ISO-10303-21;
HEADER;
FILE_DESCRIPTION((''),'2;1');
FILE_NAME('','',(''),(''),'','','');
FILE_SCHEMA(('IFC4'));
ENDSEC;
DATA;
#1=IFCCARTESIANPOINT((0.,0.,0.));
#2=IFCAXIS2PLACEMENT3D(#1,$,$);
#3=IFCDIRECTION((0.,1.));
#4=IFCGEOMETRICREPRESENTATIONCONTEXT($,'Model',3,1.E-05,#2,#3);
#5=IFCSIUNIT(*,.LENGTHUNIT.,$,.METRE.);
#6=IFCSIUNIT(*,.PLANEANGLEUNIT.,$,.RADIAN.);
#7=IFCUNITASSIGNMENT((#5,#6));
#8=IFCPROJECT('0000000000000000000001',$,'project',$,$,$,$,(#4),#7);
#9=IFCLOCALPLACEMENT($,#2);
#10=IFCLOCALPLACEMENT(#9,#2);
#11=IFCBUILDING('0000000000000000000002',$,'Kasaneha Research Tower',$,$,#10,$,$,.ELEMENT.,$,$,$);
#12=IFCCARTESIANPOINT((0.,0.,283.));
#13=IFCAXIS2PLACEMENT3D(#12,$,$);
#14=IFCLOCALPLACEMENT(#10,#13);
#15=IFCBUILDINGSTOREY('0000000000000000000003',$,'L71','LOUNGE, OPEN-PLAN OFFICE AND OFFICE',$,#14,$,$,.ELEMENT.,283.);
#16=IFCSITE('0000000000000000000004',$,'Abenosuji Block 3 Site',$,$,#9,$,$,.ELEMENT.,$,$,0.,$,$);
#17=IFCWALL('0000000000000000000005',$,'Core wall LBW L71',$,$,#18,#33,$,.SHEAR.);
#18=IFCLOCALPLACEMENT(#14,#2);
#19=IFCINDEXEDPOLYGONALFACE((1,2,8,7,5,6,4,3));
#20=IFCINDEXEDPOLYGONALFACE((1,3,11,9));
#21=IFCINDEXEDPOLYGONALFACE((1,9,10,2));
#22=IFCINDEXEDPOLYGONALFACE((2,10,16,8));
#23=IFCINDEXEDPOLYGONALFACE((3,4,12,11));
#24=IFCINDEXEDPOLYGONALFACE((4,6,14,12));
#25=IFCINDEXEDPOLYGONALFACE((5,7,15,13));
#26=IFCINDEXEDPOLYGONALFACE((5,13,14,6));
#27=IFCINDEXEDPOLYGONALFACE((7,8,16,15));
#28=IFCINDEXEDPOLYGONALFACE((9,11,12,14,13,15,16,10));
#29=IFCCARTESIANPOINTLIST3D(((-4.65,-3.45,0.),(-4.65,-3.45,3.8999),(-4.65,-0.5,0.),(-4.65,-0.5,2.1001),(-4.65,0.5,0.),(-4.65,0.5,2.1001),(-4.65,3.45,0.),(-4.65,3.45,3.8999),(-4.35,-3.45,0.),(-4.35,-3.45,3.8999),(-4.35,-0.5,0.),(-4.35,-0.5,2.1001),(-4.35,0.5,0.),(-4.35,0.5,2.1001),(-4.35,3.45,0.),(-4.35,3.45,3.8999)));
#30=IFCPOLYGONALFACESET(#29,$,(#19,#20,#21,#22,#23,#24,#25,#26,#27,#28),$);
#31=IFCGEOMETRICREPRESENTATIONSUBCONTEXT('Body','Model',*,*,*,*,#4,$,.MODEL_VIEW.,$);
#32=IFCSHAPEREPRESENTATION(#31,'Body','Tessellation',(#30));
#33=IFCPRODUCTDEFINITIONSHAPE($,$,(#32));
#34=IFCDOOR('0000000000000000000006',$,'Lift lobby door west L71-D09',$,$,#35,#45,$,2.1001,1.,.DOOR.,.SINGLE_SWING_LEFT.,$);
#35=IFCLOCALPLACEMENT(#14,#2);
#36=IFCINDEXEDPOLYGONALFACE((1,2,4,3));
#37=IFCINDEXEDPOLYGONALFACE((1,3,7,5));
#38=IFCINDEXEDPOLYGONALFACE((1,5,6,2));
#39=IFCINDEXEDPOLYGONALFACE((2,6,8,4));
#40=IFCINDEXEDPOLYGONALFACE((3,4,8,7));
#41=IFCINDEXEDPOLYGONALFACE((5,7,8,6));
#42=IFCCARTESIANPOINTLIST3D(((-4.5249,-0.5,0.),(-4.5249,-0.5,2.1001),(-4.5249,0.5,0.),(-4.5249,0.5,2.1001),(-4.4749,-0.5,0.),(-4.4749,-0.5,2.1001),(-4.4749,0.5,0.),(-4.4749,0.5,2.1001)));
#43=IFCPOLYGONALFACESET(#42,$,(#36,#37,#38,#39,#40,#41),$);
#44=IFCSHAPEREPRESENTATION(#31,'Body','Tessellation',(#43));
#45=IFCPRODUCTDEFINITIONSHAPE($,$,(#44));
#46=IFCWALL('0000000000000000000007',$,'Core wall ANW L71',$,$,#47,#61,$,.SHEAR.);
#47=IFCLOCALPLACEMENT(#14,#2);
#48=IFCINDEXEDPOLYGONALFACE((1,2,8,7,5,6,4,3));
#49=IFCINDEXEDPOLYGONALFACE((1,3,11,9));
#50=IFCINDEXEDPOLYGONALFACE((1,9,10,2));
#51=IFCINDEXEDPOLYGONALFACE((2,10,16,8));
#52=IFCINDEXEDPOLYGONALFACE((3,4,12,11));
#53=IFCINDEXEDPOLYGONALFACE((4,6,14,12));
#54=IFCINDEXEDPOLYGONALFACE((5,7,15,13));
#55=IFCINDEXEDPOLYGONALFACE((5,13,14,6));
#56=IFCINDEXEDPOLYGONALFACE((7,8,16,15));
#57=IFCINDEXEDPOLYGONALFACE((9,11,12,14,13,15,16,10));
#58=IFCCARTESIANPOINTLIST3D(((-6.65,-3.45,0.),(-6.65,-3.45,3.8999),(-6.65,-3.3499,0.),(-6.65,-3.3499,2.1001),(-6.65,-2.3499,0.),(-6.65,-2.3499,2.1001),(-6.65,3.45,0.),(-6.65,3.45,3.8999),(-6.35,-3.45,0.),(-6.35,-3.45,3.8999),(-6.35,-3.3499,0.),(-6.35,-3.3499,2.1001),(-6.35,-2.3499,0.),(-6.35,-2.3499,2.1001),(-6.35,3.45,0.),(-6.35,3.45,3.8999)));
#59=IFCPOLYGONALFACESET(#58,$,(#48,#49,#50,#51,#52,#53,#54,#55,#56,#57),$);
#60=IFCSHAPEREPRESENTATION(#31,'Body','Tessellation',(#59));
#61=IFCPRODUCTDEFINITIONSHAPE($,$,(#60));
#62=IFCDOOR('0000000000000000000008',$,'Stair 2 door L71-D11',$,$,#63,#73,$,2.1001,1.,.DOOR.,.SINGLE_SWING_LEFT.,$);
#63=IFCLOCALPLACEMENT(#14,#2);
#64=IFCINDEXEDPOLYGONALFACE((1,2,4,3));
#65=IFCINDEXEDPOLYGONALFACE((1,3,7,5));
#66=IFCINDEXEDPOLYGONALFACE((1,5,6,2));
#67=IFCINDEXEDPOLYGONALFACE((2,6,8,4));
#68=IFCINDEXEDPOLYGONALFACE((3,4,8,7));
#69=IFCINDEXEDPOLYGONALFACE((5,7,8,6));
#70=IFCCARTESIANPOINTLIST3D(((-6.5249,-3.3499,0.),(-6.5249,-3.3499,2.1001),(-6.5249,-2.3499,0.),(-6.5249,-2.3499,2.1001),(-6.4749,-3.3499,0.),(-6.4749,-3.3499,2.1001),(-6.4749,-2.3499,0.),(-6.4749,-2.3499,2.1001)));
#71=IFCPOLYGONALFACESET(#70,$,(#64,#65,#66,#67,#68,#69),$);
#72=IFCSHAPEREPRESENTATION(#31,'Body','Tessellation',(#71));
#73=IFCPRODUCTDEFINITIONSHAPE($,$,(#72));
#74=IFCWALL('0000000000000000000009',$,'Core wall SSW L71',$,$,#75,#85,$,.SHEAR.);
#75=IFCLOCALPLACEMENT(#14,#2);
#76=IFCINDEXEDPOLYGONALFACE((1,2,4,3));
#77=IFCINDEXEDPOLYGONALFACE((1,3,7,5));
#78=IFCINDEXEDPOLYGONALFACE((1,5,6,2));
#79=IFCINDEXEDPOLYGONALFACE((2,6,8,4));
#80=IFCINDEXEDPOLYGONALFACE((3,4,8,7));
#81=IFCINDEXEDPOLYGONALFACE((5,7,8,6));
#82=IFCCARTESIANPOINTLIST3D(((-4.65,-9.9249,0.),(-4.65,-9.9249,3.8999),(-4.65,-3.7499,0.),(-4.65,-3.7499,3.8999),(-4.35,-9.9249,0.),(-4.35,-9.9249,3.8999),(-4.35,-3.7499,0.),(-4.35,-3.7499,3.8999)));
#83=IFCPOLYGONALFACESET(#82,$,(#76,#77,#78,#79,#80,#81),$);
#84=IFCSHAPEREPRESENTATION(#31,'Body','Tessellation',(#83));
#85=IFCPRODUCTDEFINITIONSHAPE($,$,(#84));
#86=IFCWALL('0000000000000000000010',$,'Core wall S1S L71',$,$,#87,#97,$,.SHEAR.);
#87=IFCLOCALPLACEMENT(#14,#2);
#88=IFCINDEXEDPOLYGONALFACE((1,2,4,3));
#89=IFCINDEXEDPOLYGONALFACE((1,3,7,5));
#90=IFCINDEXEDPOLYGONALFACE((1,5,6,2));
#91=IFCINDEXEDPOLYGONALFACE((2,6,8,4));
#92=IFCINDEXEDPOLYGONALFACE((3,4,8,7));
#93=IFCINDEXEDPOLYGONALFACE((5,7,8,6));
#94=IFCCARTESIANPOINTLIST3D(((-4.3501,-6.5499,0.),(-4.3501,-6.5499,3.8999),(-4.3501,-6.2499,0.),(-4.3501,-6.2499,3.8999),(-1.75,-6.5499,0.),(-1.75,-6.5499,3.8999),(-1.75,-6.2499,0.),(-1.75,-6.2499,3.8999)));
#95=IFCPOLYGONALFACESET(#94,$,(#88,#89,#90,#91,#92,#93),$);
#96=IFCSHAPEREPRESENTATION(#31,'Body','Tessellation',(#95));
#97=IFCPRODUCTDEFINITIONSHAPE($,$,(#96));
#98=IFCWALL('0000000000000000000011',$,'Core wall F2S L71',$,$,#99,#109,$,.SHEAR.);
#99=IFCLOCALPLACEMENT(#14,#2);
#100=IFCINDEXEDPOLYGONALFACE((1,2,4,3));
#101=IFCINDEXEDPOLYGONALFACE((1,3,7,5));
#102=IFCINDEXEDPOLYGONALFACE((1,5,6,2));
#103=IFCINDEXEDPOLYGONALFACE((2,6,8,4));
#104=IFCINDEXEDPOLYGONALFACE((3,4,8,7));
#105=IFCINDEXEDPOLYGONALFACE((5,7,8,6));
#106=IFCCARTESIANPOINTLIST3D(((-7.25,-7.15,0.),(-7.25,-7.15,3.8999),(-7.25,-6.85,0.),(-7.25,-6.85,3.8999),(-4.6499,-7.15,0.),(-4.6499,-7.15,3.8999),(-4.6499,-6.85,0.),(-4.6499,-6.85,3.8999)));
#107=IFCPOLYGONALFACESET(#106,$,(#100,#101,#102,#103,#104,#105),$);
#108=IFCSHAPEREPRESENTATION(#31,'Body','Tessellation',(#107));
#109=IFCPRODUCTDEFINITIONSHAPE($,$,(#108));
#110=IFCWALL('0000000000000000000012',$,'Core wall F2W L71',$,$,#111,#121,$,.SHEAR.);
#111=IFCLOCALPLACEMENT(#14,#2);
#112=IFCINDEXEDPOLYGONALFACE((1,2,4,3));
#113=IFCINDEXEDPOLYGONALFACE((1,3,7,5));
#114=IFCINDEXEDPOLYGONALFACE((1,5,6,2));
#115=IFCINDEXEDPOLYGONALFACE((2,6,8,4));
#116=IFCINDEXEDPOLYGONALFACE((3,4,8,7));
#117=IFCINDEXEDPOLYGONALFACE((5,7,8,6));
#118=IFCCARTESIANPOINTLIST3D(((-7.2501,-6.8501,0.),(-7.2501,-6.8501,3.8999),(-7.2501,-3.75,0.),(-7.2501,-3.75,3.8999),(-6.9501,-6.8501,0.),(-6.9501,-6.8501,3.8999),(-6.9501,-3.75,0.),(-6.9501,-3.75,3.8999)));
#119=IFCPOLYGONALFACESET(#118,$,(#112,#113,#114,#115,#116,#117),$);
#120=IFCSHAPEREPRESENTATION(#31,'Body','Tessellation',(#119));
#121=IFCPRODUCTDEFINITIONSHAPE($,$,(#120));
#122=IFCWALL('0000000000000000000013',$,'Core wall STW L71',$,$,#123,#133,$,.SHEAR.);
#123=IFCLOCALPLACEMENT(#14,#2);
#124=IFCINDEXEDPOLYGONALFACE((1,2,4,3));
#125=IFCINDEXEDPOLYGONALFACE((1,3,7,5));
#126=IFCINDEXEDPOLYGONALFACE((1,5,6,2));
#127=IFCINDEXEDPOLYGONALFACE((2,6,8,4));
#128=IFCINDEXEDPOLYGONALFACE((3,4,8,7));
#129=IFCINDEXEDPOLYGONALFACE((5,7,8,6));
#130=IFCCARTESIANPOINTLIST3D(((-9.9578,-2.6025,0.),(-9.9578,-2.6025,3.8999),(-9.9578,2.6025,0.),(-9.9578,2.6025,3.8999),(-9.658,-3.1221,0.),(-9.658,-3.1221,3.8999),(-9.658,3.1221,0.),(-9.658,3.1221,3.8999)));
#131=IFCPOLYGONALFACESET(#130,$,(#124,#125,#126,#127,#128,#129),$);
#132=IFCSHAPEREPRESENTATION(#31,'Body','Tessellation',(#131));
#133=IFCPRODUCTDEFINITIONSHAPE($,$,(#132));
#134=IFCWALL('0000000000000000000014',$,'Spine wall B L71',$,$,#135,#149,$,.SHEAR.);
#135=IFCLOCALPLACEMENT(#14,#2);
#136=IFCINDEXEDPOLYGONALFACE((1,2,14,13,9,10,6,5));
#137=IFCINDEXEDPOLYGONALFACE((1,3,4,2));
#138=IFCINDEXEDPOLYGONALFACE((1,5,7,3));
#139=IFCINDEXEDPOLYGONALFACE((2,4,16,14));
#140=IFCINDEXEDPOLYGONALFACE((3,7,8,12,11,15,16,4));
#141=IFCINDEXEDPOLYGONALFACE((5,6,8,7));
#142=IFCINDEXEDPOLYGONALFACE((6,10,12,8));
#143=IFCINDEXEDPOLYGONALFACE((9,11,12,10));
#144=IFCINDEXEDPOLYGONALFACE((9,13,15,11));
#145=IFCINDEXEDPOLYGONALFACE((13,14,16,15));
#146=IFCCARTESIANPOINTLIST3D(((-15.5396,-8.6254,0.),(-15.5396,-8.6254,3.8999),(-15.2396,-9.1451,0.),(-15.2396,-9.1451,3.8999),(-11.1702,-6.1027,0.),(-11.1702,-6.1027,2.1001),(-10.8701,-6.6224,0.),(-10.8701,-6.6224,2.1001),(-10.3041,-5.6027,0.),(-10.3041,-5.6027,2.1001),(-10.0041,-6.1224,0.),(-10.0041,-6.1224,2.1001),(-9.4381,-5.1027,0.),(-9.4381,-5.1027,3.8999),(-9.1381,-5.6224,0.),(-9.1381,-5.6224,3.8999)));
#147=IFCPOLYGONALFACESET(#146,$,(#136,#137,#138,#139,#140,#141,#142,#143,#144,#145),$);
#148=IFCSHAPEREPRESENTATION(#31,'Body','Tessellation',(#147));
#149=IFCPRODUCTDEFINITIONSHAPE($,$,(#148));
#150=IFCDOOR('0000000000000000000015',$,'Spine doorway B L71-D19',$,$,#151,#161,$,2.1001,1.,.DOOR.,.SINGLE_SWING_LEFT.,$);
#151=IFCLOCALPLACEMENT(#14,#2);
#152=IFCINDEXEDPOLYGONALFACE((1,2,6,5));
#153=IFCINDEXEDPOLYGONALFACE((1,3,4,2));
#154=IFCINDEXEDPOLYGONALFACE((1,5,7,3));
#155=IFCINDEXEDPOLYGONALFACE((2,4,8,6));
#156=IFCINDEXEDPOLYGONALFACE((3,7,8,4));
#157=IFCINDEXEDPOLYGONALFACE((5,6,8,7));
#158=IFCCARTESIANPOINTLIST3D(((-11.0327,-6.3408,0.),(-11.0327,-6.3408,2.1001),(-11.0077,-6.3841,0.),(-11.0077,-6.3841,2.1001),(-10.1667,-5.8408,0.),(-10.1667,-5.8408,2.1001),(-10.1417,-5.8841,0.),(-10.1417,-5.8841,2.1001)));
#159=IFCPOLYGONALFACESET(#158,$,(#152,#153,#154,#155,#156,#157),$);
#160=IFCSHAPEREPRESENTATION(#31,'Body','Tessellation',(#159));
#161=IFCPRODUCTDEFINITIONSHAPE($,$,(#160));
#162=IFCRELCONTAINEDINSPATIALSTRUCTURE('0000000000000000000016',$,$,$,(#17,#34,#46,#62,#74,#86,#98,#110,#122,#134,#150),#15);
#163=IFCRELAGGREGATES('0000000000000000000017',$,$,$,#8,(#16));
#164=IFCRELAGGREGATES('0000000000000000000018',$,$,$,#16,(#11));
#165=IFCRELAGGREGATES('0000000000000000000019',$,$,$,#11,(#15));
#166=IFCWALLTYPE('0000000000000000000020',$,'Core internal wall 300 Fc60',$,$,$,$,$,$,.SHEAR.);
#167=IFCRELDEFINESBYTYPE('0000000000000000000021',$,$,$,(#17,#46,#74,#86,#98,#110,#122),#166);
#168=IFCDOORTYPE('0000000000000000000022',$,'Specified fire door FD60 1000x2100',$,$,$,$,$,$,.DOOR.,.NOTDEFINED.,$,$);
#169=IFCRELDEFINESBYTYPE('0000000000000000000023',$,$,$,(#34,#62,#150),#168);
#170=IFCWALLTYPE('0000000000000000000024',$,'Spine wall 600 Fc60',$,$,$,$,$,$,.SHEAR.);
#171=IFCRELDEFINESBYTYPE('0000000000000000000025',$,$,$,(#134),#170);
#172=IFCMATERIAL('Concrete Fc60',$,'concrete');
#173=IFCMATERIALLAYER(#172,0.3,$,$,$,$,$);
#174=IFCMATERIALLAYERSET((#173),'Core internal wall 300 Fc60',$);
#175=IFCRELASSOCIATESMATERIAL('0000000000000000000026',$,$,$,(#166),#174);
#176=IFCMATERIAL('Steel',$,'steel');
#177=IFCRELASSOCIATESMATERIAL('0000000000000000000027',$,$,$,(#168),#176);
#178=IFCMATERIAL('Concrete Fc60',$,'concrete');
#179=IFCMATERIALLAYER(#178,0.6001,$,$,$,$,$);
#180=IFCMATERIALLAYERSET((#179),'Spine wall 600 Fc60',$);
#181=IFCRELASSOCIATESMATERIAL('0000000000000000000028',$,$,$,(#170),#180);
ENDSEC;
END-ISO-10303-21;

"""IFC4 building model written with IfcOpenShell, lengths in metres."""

from ifc_helpers import new_model, si_unit, direction, frame, frame_2d, origin, place, context, subcontext, project, spatial, polyline, rectangle, outline, extrude, material, layer, layer_set, type_object, element, fill, save


model = new_model("IFC4")

# Units and contexts
model_context = context("Model", 3, precision=1e-05, world=origin(), true_north=direction((0.0, 1.0)))
body_context = subcontext(model_context, "Body", "Model", "MODEL_VIEW")
ifc_project = project(units=[si_unit("LENGTHUNIT", "METRE"), si_unit("PLANEANGLEUNIT", "RADIAN")], contexts=[model_context])

# Site, building, storey
site_placement = place(None, origin())
site = spatial("IfcSite", under=ifc_project, at=site_placement, Name="Abenosuji Block 3 Site", CompositionType="ELEMENT", RefElevation=0.0)
building_placement = place(site_placement, origin())
building = spatial("IfcBuilding", under=site, at=building_placement, Name="Kasaneha Research Tower", CompositionType="ELEMENT")
storey_placement = place(building_placement, frame((0.0, 0.0, 283.0)))
storey = spatial("IfcBuildingStorey", under=building, at=storey_placement, Name="L71", Description="LOUNGE, OPEN-PLAN OFFICE AND OFFICE", CompositionType="ELEMENT", Elevation=283.0)

# Shared definitions
ifc_material_1 = material(Name="Concrete Fc60", Category="concrete")
ifc_layer_1 = layer(ifc_material_1, 0.3)
ifc_layer_set_1 = layer_set([ifc_layer_1], Name="Core internal wall 300 Fc60")
wall_type_1 = type_object("IfcWallType", Name="Core internal wall 300 Fc60", PredefinedType="SHEAR", material=ifc_layer_set_1)

# Walls, openings, doors
wall_1_placement = place(storey_placement, frame((-4.5, -3.45, 0.0), z_axis=(0.0, 0.0, 1.0), x_axis=(0.0, 1.0, 0.0)))
wall_1 = element("IfcWall", 1, at=wall_1_placement, inside=storey, type_object=wall_type_1, Name="Core wall LBW L71", PredefinedType="SHEAR", context=body_context, shape_type="SweptSolid", body=[
    extrude(rectangle(XDim=6.8999, YDim=0.3, at=frame_2d((3.45, 0.0))), origin(), (0.0, 0.0, 1.0), 3.8999),
])
opening_1_placement = place(wall_1_placement, frame((2.95, 0.0, 0.0)))
opening_1 = element("IfcOpeningElement", 2, at=opening_1_placement, cuts=wall_1, PredefinedType="OPENING", context=body_context, shape_type="SweptSolid", body=[
    extrude(rectangle(XDim=1.0, YDim=2.1001, at=frame_2d((0.5, 1.05))), frame((0.0, 0.1602, 0.0), z_axis=(0.0, -1.0, 0.0), x_axis=(1.0, 0.0, 0.0)), (0.0, 0.0, 1.0), 0.3201),
])
ifc_material_2 = material(Name="Steel", Category="steel")
door_type_1 = type_object("IfcDoorType", Name="Specified fire door FD60 1000x2100", OperationType="NOTDEFINED", PredefinedType="DOOR", material=ifc_material_2)
door_1_placement = place(opening_1_placement, origin())
door_1 = element("IfcDoor", 3, at=door_1_placement, inside=storey, type_object=door_type_1, Name="Lift lobby door west L71-D09", OperationType="SINGLE_SWING_LEFT", OverallHeight=2.1001, OverallWidth=1.0, PredefinedType="DOOR", context=body_context, shape_type="SweptSolid", body=[
    extrude(rectangle(XDim=1.0, YDim=2.1001, at=frame_2d((0.5, 1.05))), frame((0.0, 0.0249, 0.0), z_axis=(0.0, -1.0, 0.0), x_axis=(1.0, 0.0, 0.0)), (0.0, 0.0, 1.0), 0.05),
])
fill(opening_1, door_1)
wall_2_placement = place(storey_placement, frame((-6.5, -3.45, 0.0), z_axis=(0.0, 0.0, 1.0), x_axis=(0.0, 1.0, 0.0)))
wall_2 = element("IfcWall", 4, at=wall_2_placement, inside=storey, type_object=wall_type_1, Name="Core wall ANW L71", PredefinedType="SHEAR", context=body_context, shape_type="SweptSolid", body=[
    extrude(rectangle(XDim=6.8999, YDim=0.3, at=frame_2d((3.45, 0.0))), origin(), (0.0, 0.0, 1.0), 3.8999),
])
opening_2_placement = place(wall_2_placement, frame((0.1001, 0.0, 0.0)))
opening_2 = element("IfcOpeningElement", 5, at=opening_2_placement, cuts=wall_2, PredefinedType="OPENING", context=body_context, shape_type="SweptSolid", body=[
    extrude(rectangle(XDim=1.0, YDim=2.1001, at=frame_2d((0.5, 1.05))), frame((0.0, 0.1602, 0.0), z_axis=(0.0, -1.0, 0.0), x_axis=(1.0, 0.0, 0.0)), (0.0, 0.0, 1.0), 0.3201),
])
door_2_placement = place(opening_2_placement, origin())
door_2 = element("IfcDoor", 6, at=door_2_placement, inside=storey, type_object=door_type_1, Name="Stair 2 door L71-D11", OperationType="SINGLE_SWING_LEFT", OverallHeight=2.1001, OverallWidth=1.0, PredefinedType="DOOR", context=body_context, shape_type="SweptSolid", body=[
    extrude(rectangle(XDim=1.0, YDim=2.1001, at=frame_2d((0.5, 1.05))), frame((0.0, 0.0249, 0.0), z_axis=(0.0, -1.0, 0.0), x_axis=(1.0, 0.0, 0.0)), (0.0, 0.0, 1.0), 0.05),
])
fill(opening_2, door_2)

# Walls
wall_3_placement = place(storey_placement, frame((-4.5, -3.75, 0.0), z_axis=(0.0, 0.0, 1.0), x_axis=(0.0, -1.0, 0.0)))
element("IfcWall", 7, at=wall_3_placement, inside=storey, type_object=wall_type_1, Name="Core wall SSW L71", PredefinedType="SHEAR", context=body_context, shape_type="SweptSolid", body=[
    extrude(rectangle(XDim=6.175, YDim=0.3, at=frame_2d((3.0874, 0.0))), origin(), (0.0, 0.0, 1.0), 3.8999),
])
for number, where, z_axis, x_axis, name in (
    (8, (-4.3501, -6.3999, 0.0), (0.0, 0.0, 1.0), (1.0, 0.0, 0.0), "Core wall S1S L71"),
    (9, (-7.25, -7.0, 0.0), (0.0, 0.0, 1.0), (1.0, 0.0, 0.0), "Core wall F2S L71"),
):
    element("IfcWall", number, at=place(storey_placement, frame(where, z_axis=z_axis, x_axis=x_axis)), inside=storey, type_object=wall_type_1, Name=name, PredefinedType="SHEAR", context=body_context, shape_type="SweptSolid", body=[
        extrude(rectangle(XDim=2.6001, YDim=0.3, at=frame_2d((1.3, 0.0))), origin(), (0.0, 0.0, 1.0), 3.8999),
    ])
wall_4_placement = place(storey_placement, frame((-7.1001, -3.75, 0.0), z_axis=(0.0, 0.0, 1.0), x_axis=(0.0, -1.0, 0.0)))
element("IfcWall", 10, at=wall_4_placement, inside=storey, type_object=wall_type_1, Name="Core wall F2W L71", PredefinedType="SHEAR", context=body_context, shape_type="SweptSolid", body=[
    extrude(rectangle(XDim=3.1001, YDim=0.3, at=frame_2d((1.55, 0.0))), origin(), (0.0, 0.0, 1.0), 3.8999),
])
wall_5_placement = place(storey_placement, frame((-9.8079, -2.8623, 0.0), z_axis=(0.0, 0.0, 1.0), x_axis=(0.0, 1.0, 0.0)))
element("IfcWall", 11, at=wall_5_placement, inside=storey, type_object=wall_type_1, Name="Core wall STW L71", PredefinedType="SHEAR", context=body_context, shape_type="SweptSolid", body=[
    extrude(outline(polyline([(-0.2598, -0.1499), (5.9844, -0.1499), (5.4648, 0.1499), (0.2598, 0.1499), (-0.2598, -0.1499)])), origin(), (0.0, 0.0, 1.0), 3.8999),
])

# Wall, opening, door
ifc_material_3 = material(Name="Concrete Fc60", Category="concrete")
ifc_layer_2 = layer(ifc_material_3, 0.6001)
ifc_layer_set_2 = layer_set([ifc_layer_2], Name="Spine wall 600 Fc60")
wall_type_2 = type_object("IfcWallType", Name="Spine wall 600 Fc60", PredefinedType="SHEAR", material=ifc_layer_set_2)
wall_6_placement = place(storey_placement, frame((-9.2881, -5.3625, 0.0), z_axis=(0.0, 0.0, 1.0), x_axis=(-0.866027, -0.499996, 0.0)))
wall_6 = element("IfcWall", 12, at=wall_6_placement, inside=storey, type_object=wall_type_2, Name="Spine wall B L71", PredefinedType="SHEAR", context=body_context, shape_type="SweptSolid", body=[
    extrude(rectangle(XDim=7.0454, YDim=0.6001, at=frame_2d((3.5227, 0.0))), origin(), (0.0, 0.0, 1.0), 3.8999),
])
opening_3_placement = place(wall_6_placement, frame((1.0, 0.0, 0.0)))
opening_3 = element("IfcOpeningElement", 13, at=opening_3_placement, cuts=wall_6, PredefinedType="OPENING", context=body_context, shape_type="SweptSolid", body=[
    extrude(rectangle(XDim=1.0, YDim=2.1001, at=frame_2d((0.5, 1.05))), frame((0.0, 0.3101, 0.0), z_axis=(0.0, -1.0, 0.0), x_axis=(1.0, 0.0, 0.0)), (0.0, 0.0, 1.0), 0.6201),
])
door_3_placement = place(opening_3_placement, origin())
door_3 = element("IfcDoor", 14, at=door_3_placement, inside=storey, type_object=door_type_1, Name="Spine doorway B L71-D19", OperationType="SINGLE_SWING_LEFT", OverallHeight=2.1001, OverallWidth=1.0, PredefinedType="DOOR", context=body_context, shape_type="SweptSolid", body=[
    extrude(rectangle(XDim=1.0, YDim=2.1001, at=frame_2d((0.5, 1.05))), frame((0.0, 0.0249, 0.0), z_axis=(0.0, -1.0, 0.0), x_axis=(1.0, 0.0, 0.0)), (0.0, 0.0, 1.0), 0.05),
])
fill(opening_3, door_3)

save(model, "model.ifc")
